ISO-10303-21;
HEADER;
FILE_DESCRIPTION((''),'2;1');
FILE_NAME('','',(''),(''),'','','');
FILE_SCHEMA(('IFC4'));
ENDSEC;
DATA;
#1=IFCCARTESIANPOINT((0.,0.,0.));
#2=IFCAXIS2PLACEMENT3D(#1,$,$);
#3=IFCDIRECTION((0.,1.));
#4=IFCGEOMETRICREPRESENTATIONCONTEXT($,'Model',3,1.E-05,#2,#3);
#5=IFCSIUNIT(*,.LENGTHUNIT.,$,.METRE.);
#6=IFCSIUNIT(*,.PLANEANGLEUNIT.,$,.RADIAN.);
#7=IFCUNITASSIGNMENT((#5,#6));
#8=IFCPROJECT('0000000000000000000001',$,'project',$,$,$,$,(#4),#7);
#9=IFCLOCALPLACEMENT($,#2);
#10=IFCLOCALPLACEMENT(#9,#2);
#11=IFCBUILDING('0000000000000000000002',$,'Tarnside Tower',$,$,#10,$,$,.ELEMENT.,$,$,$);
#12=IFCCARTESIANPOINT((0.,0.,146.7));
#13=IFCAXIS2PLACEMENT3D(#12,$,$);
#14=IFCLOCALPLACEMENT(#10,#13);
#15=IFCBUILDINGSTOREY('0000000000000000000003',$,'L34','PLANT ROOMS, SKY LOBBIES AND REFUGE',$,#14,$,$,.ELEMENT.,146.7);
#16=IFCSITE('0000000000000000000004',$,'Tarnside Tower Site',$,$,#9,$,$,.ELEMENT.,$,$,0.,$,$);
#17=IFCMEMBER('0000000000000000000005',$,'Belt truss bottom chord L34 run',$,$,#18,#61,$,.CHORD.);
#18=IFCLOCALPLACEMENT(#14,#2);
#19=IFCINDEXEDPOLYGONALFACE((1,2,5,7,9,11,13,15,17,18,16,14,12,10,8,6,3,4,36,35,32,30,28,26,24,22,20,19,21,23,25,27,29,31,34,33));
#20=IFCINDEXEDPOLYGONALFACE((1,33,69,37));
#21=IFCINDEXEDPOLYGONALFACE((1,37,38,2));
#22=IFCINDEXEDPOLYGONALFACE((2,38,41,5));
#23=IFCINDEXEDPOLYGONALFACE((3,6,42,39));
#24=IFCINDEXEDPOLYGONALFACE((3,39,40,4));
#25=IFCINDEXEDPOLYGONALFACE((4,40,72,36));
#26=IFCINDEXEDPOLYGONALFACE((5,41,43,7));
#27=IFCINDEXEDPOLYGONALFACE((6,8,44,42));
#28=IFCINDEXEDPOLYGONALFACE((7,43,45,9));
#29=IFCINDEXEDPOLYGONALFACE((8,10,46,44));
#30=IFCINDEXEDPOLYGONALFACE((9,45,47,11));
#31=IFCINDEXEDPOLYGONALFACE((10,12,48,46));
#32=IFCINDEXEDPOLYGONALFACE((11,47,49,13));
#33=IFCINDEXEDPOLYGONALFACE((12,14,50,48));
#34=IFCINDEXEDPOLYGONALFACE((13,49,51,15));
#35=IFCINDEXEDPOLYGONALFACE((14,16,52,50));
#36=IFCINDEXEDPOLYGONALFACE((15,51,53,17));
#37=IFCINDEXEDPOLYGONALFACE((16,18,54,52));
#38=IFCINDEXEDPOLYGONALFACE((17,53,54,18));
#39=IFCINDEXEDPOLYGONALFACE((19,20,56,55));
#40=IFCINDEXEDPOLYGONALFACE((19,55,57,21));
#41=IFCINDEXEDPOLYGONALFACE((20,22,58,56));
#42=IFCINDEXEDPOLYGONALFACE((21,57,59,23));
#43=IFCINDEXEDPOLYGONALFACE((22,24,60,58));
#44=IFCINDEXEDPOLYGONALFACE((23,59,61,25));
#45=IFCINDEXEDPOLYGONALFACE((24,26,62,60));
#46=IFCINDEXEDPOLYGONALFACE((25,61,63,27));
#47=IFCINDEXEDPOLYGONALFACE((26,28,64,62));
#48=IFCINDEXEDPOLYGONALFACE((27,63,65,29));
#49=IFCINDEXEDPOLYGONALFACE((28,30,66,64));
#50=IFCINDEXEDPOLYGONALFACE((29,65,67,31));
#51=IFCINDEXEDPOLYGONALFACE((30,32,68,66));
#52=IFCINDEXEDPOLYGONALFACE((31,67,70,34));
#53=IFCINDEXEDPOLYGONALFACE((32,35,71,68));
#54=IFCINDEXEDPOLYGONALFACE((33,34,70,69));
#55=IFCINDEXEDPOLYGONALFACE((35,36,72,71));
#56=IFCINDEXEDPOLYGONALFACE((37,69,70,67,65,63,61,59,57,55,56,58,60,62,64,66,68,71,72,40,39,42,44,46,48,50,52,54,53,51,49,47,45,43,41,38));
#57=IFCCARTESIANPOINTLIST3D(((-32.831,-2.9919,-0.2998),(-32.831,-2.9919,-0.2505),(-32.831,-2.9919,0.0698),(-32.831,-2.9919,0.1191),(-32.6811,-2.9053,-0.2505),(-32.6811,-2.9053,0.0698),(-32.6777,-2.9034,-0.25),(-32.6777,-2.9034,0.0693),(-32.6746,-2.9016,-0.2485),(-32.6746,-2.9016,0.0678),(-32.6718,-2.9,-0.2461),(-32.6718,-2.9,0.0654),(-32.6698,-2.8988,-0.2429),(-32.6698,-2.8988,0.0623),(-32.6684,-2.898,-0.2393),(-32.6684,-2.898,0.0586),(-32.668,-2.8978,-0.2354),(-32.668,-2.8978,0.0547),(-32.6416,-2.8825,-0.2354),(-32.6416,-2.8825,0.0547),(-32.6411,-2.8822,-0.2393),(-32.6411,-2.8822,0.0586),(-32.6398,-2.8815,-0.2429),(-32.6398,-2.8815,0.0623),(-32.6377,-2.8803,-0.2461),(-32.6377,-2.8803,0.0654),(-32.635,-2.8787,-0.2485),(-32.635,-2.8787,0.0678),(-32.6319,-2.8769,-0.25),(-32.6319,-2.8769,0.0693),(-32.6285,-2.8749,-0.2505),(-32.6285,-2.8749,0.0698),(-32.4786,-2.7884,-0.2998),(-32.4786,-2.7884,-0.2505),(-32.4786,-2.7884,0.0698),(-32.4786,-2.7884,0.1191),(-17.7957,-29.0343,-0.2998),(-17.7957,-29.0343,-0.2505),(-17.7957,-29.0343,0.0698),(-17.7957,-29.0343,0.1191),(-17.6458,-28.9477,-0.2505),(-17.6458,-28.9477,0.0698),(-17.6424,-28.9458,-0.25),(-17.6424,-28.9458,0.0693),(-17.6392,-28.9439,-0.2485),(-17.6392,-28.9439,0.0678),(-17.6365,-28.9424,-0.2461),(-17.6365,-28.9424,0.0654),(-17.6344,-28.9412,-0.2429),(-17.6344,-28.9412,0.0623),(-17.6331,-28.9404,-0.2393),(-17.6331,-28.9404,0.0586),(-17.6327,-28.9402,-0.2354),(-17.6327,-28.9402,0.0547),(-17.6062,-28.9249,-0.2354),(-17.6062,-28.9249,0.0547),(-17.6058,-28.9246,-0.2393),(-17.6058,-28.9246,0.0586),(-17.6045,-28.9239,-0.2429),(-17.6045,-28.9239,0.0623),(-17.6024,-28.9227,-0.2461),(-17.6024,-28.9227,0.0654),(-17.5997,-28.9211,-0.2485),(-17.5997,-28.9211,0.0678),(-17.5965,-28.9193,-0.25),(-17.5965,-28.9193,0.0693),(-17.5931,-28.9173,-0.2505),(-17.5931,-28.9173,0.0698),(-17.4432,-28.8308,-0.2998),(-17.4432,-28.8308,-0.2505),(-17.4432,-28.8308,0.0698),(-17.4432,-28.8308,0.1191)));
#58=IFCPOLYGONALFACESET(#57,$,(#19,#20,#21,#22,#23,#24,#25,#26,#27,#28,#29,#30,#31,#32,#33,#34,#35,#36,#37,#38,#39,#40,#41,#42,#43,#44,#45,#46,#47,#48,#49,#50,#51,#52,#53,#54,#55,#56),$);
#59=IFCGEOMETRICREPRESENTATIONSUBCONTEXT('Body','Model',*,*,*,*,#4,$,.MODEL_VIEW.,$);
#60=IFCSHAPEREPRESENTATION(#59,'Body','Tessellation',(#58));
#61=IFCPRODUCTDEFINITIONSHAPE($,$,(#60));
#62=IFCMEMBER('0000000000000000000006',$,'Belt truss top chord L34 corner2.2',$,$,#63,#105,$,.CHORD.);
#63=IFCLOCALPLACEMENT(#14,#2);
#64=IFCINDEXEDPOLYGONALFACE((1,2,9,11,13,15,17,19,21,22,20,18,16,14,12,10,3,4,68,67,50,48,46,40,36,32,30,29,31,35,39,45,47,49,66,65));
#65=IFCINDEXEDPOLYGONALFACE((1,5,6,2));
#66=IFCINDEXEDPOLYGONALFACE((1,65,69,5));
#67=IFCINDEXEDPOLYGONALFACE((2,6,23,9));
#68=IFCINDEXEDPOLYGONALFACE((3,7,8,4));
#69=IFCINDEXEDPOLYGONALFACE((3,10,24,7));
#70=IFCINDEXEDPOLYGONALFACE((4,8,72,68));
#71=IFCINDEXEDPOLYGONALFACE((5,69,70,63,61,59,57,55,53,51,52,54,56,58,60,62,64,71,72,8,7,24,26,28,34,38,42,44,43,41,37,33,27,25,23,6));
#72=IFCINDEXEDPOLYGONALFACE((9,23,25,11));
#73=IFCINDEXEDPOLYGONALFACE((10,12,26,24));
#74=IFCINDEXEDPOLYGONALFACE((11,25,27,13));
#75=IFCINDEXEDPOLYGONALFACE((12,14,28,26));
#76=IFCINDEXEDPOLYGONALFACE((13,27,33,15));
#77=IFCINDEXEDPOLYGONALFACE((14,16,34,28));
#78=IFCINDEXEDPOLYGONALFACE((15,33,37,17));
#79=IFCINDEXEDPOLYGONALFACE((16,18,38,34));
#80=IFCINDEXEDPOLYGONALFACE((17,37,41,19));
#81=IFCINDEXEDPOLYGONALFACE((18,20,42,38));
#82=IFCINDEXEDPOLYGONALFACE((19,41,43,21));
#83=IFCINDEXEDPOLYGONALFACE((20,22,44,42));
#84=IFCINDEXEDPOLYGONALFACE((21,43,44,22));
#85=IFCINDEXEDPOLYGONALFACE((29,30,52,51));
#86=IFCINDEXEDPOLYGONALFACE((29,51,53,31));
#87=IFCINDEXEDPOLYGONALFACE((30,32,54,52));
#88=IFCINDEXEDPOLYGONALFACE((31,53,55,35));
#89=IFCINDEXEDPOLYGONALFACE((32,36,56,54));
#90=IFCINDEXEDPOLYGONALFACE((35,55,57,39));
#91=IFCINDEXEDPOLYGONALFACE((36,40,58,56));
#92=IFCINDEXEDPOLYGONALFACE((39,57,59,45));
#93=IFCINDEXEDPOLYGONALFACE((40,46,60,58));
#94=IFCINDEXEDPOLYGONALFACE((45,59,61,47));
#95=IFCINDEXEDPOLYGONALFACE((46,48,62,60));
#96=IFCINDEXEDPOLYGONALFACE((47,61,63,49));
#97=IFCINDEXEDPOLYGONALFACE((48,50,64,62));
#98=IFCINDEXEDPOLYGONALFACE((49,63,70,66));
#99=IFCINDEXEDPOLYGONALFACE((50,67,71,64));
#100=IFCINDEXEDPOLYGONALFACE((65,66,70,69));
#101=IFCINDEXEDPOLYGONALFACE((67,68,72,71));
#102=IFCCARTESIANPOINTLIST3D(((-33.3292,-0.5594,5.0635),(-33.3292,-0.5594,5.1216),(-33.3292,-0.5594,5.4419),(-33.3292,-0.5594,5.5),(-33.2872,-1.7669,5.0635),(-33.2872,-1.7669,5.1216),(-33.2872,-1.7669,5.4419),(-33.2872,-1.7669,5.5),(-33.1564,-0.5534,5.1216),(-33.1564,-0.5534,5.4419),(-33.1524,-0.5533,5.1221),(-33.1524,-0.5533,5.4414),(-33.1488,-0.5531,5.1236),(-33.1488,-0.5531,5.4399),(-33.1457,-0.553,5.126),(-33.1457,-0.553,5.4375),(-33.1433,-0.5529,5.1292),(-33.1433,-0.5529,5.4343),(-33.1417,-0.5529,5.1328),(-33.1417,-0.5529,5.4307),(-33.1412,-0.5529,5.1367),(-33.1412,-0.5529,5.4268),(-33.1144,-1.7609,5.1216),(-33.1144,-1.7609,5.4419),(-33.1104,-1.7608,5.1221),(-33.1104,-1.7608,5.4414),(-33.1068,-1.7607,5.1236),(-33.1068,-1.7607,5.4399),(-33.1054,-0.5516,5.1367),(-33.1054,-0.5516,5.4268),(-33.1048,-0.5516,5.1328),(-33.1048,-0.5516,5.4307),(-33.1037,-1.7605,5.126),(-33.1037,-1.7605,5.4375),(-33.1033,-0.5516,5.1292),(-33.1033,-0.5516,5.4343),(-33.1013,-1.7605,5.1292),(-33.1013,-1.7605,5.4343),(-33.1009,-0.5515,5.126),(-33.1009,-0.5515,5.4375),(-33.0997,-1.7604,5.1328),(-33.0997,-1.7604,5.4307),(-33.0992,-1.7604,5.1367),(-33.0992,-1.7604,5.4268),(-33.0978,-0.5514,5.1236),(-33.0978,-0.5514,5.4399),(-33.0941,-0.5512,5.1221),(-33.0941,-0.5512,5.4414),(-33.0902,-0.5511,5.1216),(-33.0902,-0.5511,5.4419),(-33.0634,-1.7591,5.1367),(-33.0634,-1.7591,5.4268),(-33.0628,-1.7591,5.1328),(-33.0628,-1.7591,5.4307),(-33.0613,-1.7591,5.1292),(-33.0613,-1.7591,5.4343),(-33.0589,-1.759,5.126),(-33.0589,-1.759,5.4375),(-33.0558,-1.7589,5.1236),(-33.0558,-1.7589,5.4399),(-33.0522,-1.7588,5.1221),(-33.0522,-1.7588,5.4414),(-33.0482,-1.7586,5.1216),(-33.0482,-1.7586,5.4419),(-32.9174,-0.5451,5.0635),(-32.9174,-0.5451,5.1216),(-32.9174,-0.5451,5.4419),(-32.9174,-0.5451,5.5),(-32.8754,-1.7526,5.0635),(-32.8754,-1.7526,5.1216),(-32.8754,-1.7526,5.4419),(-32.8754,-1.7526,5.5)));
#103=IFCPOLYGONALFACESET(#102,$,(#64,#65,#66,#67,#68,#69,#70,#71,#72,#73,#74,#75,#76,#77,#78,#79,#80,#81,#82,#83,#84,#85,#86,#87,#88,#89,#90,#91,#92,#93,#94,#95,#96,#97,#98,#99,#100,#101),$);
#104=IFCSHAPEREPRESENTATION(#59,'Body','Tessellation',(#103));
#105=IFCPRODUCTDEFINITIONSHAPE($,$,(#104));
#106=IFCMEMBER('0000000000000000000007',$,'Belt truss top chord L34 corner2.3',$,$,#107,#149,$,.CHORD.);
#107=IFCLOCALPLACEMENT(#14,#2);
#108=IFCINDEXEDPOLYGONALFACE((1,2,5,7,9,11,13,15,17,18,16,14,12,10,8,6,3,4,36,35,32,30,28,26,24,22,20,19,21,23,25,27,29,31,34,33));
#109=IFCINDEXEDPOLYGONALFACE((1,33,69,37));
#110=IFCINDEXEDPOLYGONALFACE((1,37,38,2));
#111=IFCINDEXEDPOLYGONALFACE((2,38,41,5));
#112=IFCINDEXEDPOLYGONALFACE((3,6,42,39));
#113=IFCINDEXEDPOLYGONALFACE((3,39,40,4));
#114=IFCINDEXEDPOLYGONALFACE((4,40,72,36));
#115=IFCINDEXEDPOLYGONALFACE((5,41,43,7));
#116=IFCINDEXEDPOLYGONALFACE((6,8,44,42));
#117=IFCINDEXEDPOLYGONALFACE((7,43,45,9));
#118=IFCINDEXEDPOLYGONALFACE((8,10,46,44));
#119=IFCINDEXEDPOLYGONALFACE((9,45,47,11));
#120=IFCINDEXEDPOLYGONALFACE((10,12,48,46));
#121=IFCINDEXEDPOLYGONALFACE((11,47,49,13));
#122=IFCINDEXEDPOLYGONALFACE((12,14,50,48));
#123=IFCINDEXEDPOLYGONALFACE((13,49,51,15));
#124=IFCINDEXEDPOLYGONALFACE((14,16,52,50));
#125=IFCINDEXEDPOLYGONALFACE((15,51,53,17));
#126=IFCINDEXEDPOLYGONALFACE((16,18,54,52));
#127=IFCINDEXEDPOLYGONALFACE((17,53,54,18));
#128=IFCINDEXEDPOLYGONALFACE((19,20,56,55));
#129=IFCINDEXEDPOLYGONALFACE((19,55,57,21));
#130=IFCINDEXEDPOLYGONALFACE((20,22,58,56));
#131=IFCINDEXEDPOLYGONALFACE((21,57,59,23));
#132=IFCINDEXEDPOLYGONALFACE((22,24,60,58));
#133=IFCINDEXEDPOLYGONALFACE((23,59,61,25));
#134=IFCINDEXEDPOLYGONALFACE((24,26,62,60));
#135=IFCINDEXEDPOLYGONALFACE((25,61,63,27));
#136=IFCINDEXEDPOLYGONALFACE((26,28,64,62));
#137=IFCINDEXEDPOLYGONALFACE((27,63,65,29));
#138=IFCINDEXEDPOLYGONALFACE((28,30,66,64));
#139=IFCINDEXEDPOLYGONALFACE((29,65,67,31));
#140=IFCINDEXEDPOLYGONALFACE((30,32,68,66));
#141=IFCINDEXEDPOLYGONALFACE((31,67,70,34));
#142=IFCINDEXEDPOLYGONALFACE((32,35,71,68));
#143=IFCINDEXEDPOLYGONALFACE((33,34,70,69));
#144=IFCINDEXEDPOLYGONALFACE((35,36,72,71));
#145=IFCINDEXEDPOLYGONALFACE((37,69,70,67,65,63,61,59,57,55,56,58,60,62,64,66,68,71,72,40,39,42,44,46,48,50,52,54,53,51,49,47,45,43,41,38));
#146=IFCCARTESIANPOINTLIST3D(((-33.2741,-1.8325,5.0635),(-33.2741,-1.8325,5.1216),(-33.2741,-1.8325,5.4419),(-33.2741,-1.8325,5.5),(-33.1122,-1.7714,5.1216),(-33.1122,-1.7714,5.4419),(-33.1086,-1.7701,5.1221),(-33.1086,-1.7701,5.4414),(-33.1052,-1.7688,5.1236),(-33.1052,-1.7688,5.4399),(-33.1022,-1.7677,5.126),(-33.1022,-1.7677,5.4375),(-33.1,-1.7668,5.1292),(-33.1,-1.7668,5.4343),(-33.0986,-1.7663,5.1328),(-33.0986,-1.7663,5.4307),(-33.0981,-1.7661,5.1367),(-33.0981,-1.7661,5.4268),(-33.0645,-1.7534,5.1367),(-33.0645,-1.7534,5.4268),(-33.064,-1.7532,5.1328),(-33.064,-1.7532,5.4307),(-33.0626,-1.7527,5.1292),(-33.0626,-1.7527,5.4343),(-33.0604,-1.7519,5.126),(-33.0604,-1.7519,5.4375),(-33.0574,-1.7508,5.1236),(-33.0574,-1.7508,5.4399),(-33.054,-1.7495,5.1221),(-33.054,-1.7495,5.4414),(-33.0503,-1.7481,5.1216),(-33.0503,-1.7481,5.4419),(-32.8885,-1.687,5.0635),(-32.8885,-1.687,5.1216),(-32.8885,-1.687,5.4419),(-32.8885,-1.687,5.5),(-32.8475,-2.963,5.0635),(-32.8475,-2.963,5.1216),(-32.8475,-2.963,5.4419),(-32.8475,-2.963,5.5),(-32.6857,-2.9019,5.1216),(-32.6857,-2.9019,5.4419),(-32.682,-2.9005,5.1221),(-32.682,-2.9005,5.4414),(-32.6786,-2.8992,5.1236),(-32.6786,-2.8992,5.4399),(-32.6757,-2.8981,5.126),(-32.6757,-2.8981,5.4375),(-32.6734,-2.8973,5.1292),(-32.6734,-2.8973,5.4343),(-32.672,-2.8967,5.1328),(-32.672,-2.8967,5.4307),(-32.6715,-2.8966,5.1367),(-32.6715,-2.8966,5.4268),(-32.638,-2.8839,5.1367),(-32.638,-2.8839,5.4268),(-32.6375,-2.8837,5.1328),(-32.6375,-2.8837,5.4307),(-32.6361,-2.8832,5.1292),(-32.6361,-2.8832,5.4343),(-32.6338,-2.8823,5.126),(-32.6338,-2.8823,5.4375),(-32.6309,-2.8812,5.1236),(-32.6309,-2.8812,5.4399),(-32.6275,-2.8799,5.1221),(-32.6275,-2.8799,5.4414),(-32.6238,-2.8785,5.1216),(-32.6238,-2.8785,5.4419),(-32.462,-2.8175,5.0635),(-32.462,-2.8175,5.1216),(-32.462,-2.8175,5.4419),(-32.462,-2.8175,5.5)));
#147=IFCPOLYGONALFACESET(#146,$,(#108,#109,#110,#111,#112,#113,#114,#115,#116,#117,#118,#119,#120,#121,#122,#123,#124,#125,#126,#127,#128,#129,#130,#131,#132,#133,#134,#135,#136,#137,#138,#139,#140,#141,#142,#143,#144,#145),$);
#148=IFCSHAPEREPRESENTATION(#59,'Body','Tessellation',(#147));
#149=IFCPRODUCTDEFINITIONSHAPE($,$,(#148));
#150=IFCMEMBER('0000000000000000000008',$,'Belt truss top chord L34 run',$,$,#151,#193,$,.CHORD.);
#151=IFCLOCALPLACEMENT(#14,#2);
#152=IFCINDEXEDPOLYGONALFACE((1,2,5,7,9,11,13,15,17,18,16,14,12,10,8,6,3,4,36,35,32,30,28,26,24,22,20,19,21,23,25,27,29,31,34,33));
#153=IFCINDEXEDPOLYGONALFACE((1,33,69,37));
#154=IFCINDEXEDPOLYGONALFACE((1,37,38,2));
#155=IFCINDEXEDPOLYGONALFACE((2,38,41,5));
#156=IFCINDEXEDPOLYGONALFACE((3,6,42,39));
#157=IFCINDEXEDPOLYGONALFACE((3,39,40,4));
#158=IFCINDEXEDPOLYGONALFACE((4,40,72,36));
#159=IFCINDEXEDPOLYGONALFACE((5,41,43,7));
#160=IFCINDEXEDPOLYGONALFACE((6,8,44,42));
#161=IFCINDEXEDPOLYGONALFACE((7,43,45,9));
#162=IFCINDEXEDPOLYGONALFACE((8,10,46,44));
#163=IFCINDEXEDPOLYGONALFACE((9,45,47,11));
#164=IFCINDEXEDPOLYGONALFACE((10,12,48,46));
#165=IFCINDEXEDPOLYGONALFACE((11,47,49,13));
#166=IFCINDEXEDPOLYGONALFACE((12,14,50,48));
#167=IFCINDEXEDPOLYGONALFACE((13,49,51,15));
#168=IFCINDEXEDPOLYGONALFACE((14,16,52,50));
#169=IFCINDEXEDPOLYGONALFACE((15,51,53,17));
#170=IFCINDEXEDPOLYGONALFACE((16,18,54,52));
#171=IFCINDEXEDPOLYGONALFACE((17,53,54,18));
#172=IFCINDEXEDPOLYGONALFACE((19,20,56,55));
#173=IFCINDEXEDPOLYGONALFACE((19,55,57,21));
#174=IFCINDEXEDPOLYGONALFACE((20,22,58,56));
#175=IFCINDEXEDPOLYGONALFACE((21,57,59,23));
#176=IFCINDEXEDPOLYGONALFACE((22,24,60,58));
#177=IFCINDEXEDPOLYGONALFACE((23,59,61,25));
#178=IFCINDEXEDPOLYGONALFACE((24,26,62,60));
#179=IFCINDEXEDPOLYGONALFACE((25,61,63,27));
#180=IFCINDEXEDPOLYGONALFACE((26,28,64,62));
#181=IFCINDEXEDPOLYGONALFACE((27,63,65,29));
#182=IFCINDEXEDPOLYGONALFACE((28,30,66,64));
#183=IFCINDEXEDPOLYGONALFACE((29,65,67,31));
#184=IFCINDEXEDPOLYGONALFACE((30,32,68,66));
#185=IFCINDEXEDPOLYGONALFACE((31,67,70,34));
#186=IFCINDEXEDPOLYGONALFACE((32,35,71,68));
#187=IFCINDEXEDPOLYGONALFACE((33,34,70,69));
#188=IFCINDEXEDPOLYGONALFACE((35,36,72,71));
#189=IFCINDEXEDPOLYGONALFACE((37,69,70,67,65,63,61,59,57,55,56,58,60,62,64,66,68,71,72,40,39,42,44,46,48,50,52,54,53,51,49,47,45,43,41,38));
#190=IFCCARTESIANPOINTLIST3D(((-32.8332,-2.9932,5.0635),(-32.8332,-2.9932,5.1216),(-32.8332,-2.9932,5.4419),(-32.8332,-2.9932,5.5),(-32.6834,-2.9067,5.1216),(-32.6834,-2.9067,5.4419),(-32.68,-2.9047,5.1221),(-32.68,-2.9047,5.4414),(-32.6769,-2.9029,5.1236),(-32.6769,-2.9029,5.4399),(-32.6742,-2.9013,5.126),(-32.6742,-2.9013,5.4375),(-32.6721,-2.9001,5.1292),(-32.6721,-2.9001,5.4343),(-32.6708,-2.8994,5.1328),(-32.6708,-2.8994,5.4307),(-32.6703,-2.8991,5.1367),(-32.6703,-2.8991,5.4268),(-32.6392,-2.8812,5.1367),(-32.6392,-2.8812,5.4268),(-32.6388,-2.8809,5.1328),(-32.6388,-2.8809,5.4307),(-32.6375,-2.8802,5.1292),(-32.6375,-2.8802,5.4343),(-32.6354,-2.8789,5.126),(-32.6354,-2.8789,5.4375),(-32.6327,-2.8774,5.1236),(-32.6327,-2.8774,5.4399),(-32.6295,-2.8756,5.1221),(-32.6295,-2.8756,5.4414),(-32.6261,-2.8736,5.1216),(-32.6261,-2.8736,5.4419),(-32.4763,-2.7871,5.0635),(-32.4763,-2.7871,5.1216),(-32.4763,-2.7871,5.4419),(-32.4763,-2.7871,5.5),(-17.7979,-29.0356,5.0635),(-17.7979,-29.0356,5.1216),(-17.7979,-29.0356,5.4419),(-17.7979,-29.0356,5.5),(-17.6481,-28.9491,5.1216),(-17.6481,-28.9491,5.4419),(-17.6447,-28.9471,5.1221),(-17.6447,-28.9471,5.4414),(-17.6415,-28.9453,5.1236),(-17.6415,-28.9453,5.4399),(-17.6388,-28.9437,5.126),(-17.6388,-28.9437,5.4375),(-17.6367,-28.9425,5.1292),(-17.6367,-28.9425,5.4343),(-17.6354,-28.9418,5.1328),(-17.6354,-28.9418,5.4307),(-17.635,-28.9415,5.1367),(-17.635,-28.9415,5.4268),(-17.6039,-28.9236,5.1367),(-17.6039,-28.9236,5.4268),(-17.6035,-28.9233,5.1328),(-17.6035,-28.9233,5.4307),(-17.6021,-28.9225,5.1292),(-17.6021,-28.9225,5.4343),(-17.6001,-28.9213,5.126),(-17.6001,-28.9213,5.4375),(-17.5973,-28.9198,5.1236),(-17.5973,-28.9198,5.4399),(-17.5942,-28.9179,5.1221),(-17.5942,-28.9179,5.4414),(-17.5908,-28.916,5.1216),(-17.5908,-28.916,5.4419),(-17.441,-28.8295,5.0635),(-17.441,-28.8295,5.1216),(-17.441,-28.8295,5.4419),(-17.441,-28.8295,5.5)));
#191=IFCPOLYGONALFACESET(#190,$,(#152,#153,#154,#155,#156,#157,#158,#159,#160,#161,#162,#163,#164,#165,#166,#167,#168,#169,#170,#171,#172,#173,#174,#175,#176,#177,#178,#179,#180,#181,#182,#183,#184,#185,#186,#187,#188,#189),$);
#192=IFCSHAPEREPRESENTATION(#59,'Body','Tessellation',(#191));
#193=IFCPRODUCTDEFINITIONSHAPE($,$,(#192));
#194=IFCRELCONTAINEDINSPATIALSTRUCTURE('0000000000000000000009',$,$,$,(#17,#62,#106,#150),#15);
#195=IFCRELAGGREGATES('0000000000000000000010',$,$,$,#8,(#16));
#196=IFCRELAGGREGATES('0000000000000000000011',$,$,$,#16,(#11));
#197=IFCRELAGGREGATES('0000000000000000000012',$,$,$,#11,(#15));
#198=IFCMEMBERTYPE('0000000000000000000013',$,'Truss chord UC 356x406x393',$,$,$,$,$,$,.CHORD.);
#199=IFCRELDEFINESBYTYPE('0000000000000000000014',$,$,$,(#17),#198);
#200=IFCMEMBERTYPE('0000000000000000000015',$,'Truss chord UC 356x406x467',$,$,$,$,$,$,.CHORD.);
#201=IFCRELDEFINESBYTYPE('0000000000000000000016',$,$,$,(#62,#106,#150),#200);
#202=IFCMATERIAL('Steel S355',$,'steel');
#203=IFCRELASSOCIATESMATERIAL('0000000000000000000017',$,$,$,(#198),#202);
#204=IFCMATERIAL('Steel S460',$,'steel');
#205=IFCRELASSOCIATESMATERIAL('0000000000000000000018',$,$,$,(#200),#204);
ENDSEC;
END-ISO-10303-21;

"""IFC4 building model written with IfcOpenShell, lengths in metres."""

from ifc_helpers import new_model, si_unit, direction, frame, origin, origin_2d, place, context, subcontext, project, spatial, i_section, extrude, material, material_profile, profile_set, type_object, element, save


model = new_model("IFC4")

# Units and contexts
model_context = context("Model", 3, precision=1e-05, world=origin(), true_north=direction((0.0, 1.0)))
body_context = subcontext(model_context, "Body", "Model", "MODEL_VIEW")
ifc_project = project(units=[si_unit("LENGTHUNIT", "METRE"), si_unit("PLANEANGLEUNIT", "RADIAN")], contexts=[model_context])

# Site, building, storey
site_placement = place(None, origin())
site = spatial("IfcSite", under=ifc_project, at=site_placement, Name="Tarnside Tower Site", CompositionType="ELEMENT", RefElevation=0.0)
building_placement = place(site_placement, origin())
building = spatial("IfcBuilding", under=site, at=building_placement, Name="Tarnside Tower", CompositionType="ELEMENT")
storey_placement = place(building_placement, frame((0.0, 0.0, 146.7)))
storey = spatial("IfcBuildingStorey", under=building, at=storey_placement, Name="L34", Description="PLANT ROOMS, SKY LOBBIES AND REFUGE", CompositionType="ELEMENT", Elevation=146.7)

# Shared definitions
ifc_material_1 = material(Name="Steel S355", Category="steel")

# Members
ifc_material_profile_1 = material_profile(ifc_material_1, i_section(OverallWidth=0.407, OverallDepth=0.4189, WebThickness=0.0305, FlangeThickness=0.0493, FilletRadius=0.0151, at=origin_2d()), Name="UC 356x406x393")
ifc_profile_set_1 = profile_set([ifc_material_profile_1], Name="Steel S355")
member_type_1 = type_object("IfcMemberType", Name="Truss chord UC 356x406x393", PredefinedType="CHORD", material=ifc_profile_set_1)
member_1_placement = place(storey_placement, frame((-32.6548, -2.8901, -0.0903), z_axis=(0.499994, -0.866029, 0.0), x_axis=(0.866029, 0.499994, 0.0)))
element("IfcMember", 1, at=member_1_placement, inside=storey, type_object=member_type_1, Name="Belt truss bottom chord L34 run", PredefinedType="CHORD", context=body_context, shape_type="SweptSolid", body=[
    extrude(i_section(OverallWidth=0.407, OverallDepth=0.4189, WebThickness=0.0305, FlangeThickness=0.0493, FilletRadius=0.0151, at=origin_2d()), origin(), (0.0, 0.0, 1.0), 30.071),
])
ifc_material_2 = material(Name="Steel S460", Category="steel")
ifc_material_profile_2 = material_profile(ifc_material_2, i_section(OverallWidth=0.4121, OverallDepth=0.4365, WebThickness=0.0359, FlangeThickness=0.0581, FilletRadius=0.0151, at=origin_2d()), Name="UC 356x406x467")
ifc_profile_set_2 = profile_set([ifc_material_profile_2], Name="Steel S460")
member_type_2 = type_object("IfcMemberType", Name="Truss chord UC 356x406x467", PredefinedType="CHORD", material=ifc_profile_set_2)
for number, where, z_axis, x_axis, name in (
    (2, (-33.1233, -0.5522, 5.2817), (0.034755, -0.999396, 0.0), (0.999396, 0.034755, 0.0), "Belt truss top chord L34 corner2.2"),
    (3, (-33.0813, -1.7598, 5.2817), (0.353027, -0.935613, 0.0), (0.935613, 0.353027, 0.0), "Belt truss top chord L34 corner2.3"),
):
    element("IfcMember", number, at=place(storey_placement, frame(where, z_axis=z_axis, x_axis=x_axis)), inside=storey, type_object=member_type_2, Name=name, PredefinedType="CHORD", context=body_context, shape_type="SweptSolid", body=[
        extrude(i_section(OverallWidth=0.4121, OverallDepth=0.4365, WebThickness=0.0359, FlangeThickness=0.0581, FilletRadius=0.0151, at=origin_2d()), origin(), (0.0, 0.0, 1.0), 1.2083),
    ])
member_2_placement = place(storey_placement, frame((-32.6548, -2.8901, 5.2817), z_axis=(0.499994, -0.866029, 0.0), x_axis=(0.866029, 0.499994, 0.0)))
element("IfcMember", 4, at=member_2_placement, inside=storey, type_object=member_type_2, Name="Belt truss top chord L34 run", PredefinedType="CHORD", context=body_context, shape_type="SweptSolid", body=[
    extrude(i_section(OverallWidth=0.4121, OverallDepth=0.4365, WebThickness=0.0359, FlangeThickness=0.0581, FilletRadius=0.0151, at=origin_2d()), origin(), (0.0, 0.0, 1.0), 30.071),
])

save(model, "model.ifc")
